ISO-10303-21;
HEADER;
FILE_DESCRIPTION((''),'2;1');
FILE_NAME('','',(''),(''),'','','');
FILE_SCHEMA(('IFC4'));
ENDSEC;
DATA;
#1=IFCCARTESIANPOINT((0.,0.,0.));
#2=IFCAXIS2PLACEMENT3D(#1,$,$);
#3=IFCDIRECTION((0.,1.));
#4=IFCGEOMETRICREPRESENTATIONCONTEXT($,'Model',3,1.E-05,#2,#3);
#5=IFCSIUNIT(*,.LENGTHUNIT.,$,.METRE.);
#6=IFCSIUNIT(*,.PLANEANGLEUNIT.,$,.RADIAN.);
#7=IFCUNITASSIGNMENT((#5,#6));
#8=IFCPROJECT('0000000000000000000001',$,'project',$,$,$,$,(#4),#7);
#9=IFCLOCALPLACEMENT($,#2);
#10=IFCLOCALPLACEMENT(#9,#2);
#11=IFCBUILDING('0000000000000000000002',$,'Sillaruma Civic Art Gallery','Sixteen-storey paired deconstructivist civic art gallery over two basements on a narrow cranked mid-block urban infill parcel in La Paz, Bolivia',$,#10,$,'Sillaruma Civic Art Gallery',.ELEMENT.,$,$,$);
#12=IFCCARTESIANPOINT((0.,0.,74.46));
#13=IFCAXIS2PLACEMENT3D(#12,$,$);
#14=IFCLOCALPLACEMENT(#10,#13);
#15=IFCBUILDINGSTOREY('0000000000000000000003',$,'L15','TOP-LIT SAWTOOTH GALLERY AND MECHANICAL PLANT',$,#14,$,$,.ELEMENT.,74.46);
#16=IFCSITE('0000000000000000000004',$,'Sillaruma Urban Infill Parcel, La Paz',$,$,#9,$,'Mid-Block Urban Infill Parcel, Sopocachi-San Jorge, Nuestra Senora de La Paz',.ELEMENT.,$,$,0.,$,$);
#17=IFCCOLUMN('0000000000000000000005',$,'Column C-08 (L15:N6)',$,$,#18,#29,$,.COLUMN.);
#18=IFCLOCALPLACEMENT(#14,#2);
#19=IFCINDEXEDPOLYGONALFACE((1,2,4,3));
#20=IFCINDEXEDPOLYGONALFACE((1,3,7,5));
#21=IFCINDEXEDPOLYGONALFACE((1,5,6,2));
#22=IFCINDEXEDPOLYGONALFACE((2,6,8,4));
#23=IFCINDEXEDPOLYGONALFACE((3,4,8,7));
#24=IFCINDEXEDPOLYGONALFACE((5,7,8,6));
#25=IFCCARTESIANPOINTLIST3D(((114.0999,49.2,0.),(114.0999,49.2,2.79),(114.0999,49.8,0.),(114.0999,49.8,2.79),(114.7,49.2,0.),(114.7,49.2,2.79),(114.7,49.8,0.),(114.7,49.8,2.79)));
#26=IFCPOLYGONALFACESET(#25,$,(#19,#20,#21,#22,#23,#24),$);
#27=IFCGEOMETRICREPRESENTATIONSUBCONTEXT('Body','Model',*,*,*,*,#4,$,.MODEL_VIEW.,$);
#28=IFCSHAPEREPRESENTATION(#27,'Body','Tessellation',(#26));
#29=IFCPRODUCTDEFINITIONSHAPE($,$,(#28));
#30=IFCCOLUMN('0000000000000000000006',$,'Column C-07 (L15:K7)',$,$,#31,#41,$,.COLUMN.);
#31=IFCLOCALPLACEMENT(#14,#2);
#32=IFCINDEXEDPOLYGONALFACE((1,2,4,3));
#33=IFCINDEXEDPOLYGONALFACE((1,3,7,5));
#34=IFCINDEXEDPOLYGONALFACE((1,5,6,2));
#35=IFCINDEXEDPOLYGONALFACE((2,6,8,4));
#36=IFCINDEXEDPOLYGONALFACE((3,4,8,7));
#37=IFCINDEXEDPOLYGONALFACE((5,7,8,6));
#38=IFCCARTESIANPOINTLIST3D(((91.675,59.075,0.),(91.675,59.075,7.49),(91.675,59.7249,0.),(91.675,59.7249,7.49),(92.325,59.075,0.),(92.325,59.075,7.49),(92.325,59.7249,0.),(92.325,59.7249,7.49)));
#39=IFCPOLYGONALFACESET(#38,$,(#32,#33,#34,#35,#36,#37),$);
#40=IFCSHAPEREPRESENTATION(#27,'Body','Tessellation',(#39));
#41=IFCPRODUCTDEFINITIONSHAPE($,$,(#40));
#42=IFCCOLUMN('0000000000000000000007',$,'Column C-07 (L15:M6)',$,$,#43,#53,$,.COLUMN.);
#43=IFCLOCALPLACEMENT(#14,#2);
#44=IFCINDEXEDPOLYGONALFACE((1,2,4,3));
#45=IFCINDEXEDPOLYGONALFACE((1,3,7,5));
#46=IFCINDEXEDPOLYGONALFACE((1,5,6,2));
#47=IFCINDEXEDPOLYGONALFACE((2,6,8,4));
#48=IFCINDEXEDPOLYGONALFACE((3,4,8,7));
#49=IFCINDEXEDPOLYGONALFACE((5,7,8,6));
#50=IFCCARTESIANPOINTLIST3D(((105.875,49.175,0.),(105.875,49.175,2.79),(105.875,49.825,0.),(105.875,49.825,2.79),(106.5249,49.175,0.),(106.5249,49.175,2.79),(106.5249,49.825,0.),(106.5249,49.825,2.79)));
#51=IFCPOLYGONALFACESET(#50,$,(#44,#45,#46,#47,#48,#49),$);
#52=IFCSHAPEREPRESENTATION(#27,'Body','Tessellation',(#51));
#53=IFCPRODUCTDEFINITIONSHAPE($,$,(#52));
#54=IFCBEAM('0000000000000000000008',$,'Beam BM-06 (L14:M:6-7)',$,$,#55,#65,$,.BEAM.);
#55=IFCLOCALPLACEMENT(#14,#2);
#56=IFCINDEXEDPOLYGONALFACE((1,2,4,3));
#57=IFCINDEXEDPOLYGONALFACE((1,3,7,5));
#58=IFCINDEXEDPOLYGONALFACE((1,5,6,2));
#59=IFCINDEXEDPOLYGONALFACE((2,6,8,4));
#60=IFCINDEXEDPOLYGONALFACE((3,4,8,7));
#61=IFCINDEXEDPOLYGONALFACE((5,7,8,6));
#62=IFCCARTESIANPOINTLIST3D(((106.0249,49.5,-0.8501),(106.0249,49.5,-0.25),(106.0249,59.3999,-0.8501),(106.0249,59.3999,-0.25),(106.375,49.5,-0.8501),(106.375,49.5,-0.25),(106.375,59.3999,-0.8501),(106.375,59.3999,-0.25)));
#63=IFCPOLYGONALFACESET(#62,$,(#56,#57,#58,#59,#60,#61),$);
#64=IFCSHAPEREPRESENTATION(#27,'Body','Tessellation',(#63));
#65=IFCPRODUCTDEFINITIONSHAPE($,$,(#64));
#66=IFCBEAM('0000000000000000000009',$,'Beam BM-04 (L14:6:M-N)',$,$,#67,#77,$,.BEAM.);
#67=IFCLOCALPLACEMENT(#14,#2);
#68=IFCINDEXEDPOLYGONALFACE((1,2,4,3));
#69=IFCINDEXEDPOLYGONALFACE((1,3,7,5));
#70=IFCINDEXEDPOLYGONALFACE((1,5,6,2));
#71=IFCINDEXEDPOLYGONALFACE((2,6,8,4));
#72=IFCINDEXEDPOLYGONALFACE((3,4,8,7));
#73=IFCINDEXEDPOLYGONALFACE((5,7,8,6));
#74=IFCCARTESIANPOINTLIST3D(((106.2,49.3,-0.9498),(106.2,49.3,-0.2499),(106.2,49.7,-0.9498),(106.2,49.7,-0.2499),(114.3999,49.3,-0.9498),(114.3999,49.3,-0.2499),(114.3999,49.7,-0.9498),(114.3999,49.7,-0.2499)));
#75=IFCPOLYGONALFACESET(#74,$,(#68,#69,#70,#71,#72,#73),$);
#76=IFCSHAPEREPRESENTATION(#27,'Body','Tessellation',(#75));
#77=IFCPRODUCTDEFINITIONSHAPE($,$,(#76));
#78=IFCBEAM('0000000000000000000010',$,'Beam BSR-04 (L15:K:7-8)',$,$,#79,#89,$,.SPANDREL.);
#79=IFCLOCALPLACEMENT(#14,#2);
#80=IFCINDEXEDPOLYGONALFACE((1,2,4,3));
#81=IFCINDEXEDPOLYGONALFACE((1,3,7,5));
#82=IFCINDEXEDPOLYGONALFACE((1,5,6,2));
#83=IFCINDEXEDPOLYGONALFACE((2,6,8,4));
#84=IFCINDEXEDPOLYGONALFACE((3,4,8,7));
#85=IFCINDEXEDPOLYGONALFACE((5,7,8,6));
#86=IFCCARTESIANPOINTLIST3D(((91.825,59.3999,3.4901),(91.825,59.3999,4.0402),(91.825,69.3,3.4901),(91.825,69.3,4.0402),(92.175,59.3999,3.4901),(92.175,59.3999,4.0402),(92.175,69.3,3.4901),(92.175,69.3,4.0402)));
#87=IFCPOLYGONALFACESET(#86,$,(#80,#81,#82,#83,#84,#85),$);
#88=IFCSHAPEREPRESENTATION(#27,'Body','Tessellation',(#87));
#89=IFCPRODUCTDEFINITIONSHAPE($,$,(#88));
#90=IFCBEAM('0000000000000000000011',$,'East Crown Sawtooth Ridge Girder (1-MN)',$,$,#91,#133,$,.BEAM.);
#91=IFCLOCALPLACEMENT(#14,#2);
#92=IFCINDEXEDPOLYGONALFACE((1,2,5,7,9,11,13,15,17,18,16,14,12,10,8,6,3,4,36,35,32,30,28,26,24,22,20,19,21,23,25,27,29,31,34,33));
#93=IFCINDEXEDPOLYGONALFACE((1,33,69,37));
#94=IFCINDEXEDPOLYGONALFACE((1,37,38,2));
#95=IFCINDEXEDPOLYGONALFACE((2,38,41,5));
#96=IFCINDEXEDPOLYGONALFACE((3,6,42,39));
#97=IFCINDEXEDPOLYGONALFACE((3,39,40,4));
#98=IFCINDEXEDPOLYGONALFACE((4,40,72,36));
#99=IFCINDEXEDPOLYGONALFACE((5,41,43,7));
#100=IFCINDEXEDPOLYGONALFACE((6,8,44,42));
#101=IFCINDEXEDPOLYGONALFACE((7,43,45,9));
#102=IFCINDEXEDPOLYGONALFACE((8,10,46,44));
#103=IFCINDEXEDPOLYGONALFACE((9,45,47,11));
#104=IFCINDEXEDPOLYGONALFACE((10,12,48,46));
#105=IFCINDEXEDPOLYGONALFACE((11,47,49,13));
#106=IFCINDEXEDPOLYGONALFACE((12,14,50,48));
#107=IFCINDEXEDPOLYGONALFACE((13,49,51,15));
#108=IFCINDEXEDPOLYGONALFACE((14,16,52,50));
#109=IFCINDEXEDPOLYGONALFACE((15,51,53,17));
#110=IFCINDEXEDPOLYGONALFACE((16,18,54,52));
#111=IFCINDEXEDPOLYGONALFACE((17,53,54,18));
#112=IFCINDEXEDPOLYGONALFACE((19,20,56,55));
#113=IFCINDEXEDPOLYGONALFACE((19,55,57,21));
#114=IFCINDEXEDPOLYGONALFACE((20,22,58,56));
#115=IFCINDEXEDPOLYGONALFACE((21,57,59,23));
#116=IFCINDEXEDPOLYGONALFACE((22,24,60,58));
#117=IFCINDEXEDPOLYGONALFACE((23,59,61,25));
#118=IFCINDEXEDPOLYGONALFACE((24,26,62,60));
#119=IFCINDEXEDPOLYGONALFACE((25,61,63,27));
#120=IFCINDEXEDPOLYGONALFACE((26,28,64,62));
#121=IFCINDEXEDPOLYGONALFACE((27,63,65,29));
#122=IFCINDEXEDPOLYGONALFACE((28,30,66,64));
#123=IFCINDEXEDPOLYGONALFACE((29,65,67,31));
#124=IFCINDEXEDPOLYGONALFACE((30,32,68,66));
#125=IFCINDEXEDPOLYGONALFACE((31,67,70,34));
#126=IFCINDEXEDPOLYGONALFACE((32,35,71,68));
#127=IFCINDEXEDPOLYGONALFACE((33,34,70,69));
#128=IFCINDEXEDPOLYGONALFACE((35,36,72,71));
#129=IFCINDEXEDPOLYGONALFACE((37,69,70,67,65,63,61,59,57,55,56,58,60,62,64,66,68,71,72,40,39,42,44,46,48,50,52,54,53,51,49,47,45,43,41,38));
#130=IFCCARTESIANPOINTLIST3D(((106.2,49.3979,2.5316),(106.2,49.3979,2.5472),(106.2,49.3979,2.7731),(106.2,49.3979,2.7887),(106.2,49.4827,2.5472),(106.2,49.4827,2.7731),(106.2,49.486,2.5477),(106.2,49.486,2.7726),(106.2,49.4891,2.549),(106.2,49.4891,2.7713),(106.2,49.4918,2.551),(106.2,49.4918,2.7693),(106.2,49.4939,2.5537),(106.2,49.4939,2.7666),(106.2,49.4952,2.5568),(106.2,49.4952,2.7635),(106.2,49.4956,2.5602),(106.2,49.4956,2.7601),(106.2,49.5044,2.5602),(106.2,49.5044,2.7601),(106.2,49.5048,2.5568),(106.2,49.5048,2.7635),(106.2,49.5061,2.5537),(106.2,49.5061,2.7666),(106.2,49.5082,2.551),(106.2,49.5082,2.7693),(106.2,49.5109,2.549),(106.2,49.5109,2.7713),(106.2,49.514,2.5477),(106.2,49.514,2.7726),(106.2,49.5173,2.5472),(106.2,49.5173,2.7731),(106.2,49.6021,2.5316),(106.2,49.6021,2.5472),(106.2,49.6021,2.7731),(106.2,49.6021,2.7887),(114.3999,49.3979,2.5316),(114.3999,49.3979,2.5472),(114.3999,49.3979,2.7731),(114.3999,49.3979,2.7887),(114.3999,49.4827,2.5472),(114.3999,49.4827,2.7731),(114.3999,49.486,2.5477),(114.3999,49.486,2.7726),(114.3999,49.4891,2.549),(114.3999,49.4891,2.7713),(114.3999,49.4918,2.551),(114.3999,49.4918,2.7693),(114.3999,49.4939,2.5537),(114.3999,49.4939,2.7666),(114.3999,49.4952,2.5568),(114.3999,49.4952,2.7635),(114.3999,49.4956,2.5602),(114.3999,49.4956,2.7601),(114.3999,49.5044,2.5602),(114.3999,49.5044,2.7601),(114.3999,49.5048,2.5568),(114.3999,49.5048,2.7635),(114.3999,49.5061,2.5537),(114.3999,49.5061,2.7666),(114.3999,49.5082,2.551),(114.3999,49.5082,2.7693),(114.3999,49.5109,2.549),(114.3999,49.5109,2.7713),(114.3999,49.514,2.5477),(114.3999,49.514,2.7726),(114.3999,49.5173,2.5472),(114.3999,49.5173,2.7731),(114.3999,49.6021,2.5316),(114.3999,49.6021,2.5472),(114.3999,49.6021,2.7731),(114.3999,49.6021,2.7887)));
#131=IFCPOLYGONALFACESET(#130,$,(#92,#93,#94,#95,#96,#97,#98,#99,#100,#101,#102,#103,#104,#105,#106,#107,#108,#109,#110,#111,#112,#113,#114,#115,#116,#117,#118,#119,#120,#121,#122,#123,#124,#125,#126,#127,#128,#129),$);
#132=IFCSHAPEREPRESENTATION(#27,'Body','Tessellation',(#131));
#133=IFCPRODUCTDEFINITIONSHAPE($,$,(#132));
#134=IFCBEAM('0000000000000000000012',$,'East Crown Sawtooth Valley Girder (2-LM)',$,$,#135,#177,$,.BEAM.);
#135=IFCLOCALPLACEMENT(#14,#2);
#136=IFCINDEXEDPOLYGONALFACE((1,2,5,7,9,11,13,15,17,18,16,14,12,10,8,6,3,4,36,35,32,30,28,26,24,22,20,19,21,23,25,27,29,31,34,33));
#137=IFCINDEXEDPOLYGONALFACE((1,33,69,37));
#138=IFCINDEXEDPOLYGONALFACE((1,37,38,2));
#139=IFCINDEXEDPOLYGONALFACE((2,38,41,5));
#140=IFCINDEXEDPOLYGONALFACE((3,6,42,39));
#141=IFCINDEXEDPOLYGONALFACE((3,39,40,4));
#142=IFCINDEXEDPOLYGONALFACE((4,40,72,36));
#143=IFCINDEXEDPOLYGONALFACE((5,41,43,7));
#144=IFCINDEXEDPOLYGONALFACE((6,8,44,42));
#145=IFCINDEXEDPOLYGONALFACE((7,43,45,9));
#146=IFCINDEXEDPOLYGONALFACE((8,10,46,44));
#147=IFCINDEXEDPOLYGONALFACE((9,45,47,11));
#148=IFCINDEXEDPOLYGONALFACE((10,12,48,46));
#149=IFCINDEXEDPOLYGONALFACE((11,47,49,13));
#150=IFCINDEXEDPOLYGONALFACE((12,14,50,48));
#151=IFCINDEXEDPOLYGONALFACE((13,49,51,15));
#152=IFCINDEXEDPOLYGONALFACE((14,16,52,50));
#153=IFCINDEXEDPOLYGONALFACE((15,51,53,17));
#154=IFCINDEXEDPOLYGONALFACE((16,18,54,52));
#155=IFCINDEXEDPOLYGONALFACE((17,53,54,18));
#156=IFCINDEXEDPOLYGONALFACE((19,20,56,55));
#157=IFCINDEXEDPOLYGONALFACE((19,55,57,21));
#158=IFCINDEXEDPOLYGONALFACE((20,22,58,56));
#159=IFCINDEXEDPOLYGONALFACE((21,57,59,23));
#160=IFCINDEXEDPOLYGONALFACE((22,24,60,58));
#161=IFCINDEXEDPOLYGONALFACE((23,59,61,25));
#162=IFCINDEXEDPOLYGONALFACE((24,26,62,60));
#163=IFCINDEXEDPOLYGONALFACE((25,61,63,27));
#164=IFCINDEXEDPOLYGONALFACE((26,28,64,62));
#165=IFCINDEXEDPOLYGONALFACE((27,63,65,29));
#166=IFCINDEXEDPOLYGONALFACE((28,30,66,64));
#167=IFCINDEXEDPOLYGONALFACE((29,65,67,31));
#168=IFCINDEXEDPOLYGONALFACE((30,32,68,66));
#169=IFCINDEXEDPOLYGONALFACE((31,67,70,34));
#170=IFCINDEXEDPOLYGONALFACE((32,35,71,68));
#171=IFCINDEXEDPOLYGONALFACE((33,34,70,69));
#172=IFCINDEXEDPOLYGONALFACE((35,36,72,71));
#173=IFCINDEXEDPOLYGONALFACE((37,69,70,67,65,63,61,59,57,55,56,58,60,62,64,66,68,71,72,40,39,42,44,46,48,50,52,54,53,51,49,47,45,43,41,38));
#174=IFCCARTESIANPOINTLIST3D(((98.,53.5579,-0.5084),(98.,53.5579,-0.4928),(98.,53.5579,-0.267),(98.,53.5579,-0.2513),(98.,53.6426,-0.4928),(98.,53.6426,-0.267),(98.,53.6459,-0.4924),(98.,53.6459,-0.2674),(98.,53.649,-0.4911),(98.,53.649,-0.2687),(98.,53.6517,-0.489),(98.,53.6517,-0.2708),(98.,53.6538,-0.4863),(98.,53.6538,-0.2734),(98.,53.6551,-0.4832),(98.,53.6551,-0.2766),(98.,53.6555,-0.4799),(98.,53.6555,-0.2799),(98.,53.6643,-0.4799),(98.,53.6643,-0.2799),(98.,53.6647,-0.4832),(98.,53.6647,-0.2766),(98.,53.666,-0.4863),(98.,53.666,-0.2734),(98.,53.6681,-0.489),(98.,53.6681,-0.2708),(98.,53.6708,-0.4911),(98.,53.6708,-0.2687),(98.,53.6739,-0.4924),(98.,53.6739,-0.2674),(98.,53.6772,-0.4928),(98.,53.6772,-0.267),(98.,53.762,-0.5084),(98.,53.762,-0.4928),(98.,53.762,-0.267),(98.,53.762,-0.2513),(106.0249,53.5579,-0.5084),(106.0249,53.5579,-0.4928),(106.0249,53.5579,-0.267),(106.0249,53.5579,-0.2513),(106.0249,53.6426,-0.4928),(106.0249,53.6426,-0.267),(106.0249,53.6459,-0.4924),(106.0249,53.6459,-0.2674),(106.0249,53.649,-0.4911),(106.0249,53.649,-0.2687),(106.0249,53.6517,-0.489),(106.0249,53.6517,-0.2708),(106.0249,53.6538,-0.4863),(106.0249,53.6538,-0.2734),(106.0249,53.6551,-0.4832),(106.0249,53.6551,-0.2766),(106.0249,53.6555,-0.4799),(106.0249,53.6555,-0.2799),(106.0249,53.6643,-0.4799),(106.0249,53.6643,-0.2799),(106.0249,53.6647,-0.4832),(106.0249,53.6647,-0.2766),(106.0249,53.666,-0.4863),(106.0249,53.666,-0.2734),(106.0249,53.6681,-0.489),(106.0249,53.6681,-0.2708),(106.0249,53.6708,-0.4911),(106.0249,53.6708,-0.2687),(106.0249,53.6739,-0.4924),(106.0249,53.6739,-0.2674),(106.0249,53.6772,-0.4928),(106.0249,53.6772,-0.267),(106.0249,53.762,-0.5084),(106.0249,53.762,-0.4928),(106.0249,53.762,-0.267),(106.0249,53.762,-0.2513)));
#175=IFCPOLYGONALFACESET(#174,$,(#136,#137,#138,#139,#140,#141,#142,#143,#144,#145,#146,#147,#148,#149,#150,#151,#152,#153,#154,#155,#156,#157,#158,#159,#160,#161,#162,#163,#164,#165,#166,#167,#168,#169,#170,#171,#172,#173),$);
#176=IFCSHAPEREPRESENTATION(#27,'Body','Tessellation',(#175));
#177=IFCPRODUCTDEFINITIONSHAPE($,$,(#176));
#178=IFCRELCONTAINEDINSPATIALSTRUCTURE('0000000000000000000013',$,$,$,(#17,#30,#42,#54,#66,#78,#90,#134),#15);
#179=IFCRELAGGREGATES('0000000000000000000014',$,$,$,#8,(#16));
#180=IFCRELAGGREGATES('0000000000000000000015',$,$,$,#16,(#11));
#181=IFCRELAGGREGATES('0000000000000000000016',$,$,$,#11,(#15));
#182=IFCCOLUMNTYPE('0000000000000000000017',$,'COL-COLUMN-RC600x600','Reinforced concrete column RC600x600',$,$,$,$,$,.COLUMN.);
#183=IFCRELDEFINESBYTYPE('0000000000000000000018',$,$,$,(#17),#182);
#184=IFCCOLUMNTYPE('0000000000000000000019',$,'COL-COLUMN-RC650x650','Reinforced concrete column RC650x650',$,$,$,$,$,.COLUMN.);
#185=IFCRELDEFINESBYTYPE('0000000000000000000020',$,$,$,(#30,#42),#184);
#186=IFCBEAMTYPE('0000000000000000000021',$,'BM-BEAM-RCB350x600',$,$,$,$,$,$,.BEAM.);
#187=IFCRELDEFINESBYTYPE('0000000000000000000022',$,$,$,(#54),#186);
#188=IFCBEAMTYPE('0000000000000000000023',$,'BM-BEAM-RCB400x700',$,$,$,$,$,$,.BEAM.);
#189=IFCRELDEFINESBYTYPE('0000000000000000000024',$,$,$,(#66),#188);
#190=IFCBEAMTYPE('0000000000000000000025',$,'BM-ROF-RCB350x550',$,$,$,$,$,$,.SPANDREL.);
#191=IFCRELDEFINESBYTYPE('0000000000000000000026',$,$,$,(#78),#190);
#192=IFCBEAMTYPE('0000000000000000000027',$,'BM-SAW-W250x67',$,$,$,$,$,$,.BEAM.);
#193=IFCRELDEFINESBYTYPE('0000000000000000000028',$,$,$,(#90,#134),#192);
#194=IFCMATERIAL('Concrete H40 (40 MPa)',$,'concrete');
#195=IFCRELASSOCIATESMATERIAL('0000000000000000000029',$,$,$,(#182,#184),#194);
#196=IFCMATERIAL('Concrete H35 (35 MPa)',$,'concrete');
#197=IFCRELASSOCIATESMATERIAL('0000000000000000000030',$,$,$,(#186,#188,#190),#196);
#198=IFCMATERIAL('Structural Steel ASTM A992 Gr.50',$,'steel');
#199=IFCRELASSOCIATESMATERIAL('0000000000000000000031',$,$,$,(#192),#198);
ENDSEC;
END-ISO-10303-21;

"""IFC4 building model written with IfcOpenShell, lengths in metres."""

from ifc_helpers import new_model, si_unit, direction, frame, origin, origin_2d, place, context, subcontext, project, spatial, rectangle, i_section, extrude, material, material_profile, profile_set, type_object, element, save


model = new_model("IFC4")

# Units and contexts
model_context = context("Model", 3, precision=1e-05, world=origin(), true_north=direction((0.0, 1.0)))
body_context = subcontext(model_context, "Body", "Model", "MODEL_VIEW")
ifc_project = project(units=[si_unit("LENGTHUNIT", "METRE"), si_unit("PLANEANGLEUNIT", "RADIAN")], contexts=[model_context])

# Site, building, storey
site_placement = place(None, origin())
site = spatial("IfcSite", under=ifc_project, at=site_placement, Name="Sillaruma Urban Infill Parcel, La Paz", LongName="Mid-Block Urban Infill Parcel, Sopocachi-San Jorge, Nuestra Senora de La Paz", CompositionType="ELEMENT", RefElevation=0.0)
building_placement = place(site_placement, origin())
building = spatial("IfcBuilding", under=site, at=building_placement, Name="Sillaruma Civic Art Gallery", Description="Sixteen-storey paired deconstructivist civic art gallery over two basements on a narrow cranked mid-block urban infill parcel in La Paz, Bolivia", LongName="Sillaruma Civic Art Gallery", CompositionType="ELEMENT")
storey_placement = place(building_placement, frame((0.0, 0.0, 74.46)))
storey = spatial("IfcBuildingStorey", under=building, at=storey_placement, Name="L15", Description="TOP-LIT SAWTOOTH GALLERY AND MECHANICAL PLANT", CompositionType="ELEMENT", Elevation=74.46)

# Columns
ifc_material_1 = material(Name="Concrete H40 (40 MPa)", Category="concrete")
ifc_material_profile_1 = material_profile(ifc_material_1, rectangle(XDim=0.6001, YDim=0.6001, at=origin_2d()), Name="RC600x600")
ifc_profile_set_1 = profile_set([ifc_material_profile_1], Name="Concrete H40 (40 MPa)")
column_type_1 = type_object("IfcColumnType", Name="COL-COLUMN-RC600x600", Description="Reinforced concrete column RC600x600", PredefinedType="COLUMN", material=ifc_profile_set_1)
column_1_placement = place(storey_placement, frame((114.3999, 49.5, 0.0), z_axis=(0.0, 0.0, 1.0), x_axis=(1.0, 0.0, 0.0)))
element("IfcColumn", 1, at=column_1_placement, inside=storey, type_object=column_type_1, Name="Column C-08 (L15:N6)", PredefinedType="COLUMN", context=body_context, shape_type="SweptSolid", body=[
    extrude(rectangle(XDim=0.6001, YDim=0.6001, at=origin_2d()), origin(), (0.0, 0.0, 1.0), 2.79),
])
ifc_material_profile_2 = material_profile(ifc_material_1, rectangle(XDim=0.6499, YDim=0.6499, at=origin_2d()), Name="RC650x650")
ifc_profile_set_2 = profile_set([ifc_material_profile_2], Name="Concrete H40 (40 MPa)")
column_type_2 = type_object("IfcColumnType", Name="COL-COLUMN-RC650x650", Description="Reinforced concrete column RC650x650", PredefinedType="COLUMN", material=ifc_profile_set_2)
column_2_placement = place(storey_placement, frame((92.0, 59.3999, 0.0), z_axis=(0.0, 0.0, 1.0), x_axis=(1.0, 0.0, 0.0)))
element("IfcColumn", 2, at=column_2_placement, inside=storey, type_object=column_type_2, Name="Column C-07 (L15:K7)", PredefinedType="COLUMN", context=body_context, shape_type="SweptSolid", body=[
    extrude(rectangle(XDim=0.6499, YDim=0.6499, at=origin_2d()), origin(), (0.0, 0.0, 1.0), 7.49),
])
column_3_placement = place(storey_placement, frame((106.2, 49.5, 0.0), z_axis=(0.0, 0.0, 1.0), x_axis=(1.0, 0.0, 0.0)))
element("IfcColumn", 3, at=column_3_placement, inside=storey, type_object=column_type_2, Name="Column C-07 (L15:M6)", PredefinedType="COLUMN", context=body_context, shape_type="SweptSolid", body=[
    extrude(rectangle(XDim=0.6499, YDim=0.6499, at=origin_2d()), origin(), (0.0, 0.0, 1.0), 2.79),
])

# Beams
ifc_material_2 = material(Name="Concrete H35 (35 MPa)", Category="concrete")
ifc_material_profile_3 = material_profile(ifc_material_2, rectangle(XDim=0.3501, YDim=0.6001, at=origin_2d()), Name="RCB350x600")
ifc_profile_set_3 = profile_set([ifc_material_profile_3], Name="Concrete H35 (35 MPa)")
beam_type_1 = type_object("IfcBeamType", Name="BM-BEAM-RCB350x600", PredefinedType="BEAM", material=ifc_profile_set_3)
beam_1_placement = place(storey_placement, frame((106.2, 49.5, -0.55), z_axis=(0.0, 1.0, 0.0), x_axis=(-1.0, 0.0, 0.0)))
element("IfcBeam", 4, at=beam_1_placement, inside=storey, type_object=beam_type_1, Name="Beam BM-06 (L14:M:6-7)", PredefinedType="BEAM", context=body_context, shape_type="SweptSolid", body=[
    extrude(rectangle(XDim=0.3501, YDim=0.6001, at=origin_2d()), origin(), (0.0, 0.0, 1.0), 9.8999),
])
ifc_material_profile_4 = material_profile(ifc_material_2, rectangle(XDim=0.3999, YDim=0.7, at=origin_2d()), Name="RCB400x700")
ifc_profile_set_4 = profile_set([ifc_material_profile_4], Name="Concrete H35 (35 MPa)")
beam_type_2 = type_object("IfcBeamType", Name="BM-BEAM-RCB400x700", PredefinedType="BEAM", material=ifc_profile_set_4)
beam_2_placement = place(storey_placement, frame((106.2, 49.5, -0.5999), z_axis=(1.0, 0.0, 0.0), x_axis=(0.0, 1.0, 0.0)))
element("IfcBeam", 5, at=beam_2_placement, inside=storey, type_object=beam_type_2, Name="Beam BM-04 (L14:6:M-N)", PredefinedType="BEAM", context=body_context, shape_type="SweptSolid", body=[
    extrude(rectangle(XDim=0.3999, YDim=0.7, at=origin_2d()), origin(), (0.0, 0.0, 1.0), 8.2),
])
ifc_material_profile_5 = material_profile(ifc_material_2, rectangle(XDim=0.3501, YDim=0.55, at=origin_2d()), Name="RCB350x550")
ifc_profile_set_5 = profile_set([ifc_material_profile_5], Name="Concrete H35 (35 MPa)")
beam_type_3 = type_object("IfcBeamType", Name="BM-ROF-RCB350x550", PredefinedType="SPANDREL", material=ifc_profile_set_5)
beam_3_placement = place(storey_placement, frame((92.0, 59.3999, 3.7651), z_axis=(0.0, 1.0, 0.0), x_axis=(-1.0, 0.0, 0.0)))
element("IfcBeam", 6, at=beam_3_placement, inside=storey, type_object=beam_type_3, Name="Beam BSR-04 (L15:K:7-8)", PredefinedType="SPANDREL", context=body_context, shape_type="SweptSolid", body=[
    extrude(rectangle(XDim=0.3501, YDim=0.55, at=origin_2d()), origin(), (0.0, 0.0, 1.0), 9.9001),
])
ifc_material_3 = material(Name="Structural Steel ASTM A992 Gr.50", Category="steel")
ifc_material_profile_6 = material_profile(ifc_material_3, i_section(OverallWidth=0.2041, OverallDepth=0.2571, WebThickness=0.0088, FlangeThickness=0.0156, FilletRadius=0.0129, at=origin_2d()), Name="W250x67")
ifc_profile_set_6 = profile_set([ifc_material_profile_6], Name="Structural Steel ASTM A992 Gr.50")
beam_type_4 = type_object("IfcBeamType", Name="BM-SAW-W250x67", PredefinedType="BEAM", material=ifc_profile_set_6)
beam_4_placement = place(storey_placement, frame((106.2, 49.5, 2.6602), z_axis=(1.0, 0.0, 0.0), x_axis=(0.0, 1.0, 0.0)))
element("IfcBeam", 7, at=beam_4_placement, inside=storey, type_object=beam_type_4, Name="East Crown Sawtooth Ridge Girder (1-MN)", PredefinedType="BEAM", context=body_context, shape_type="SweptSolid", body=[
    extrude(i_section(OverallWidth=0.2041, OverallDepth=0.2571, WebThickness=0.0088, FlangeThickness=0.0156, FilletRadius=0.0129, at=origin_2d()), origin(), (0.0, 0.0, 1.0), 8.2),
])
for number, where, z_axis, x_axis, name in (
    (8, (98.0, 53.6599, -0.3799), (1.0, 0.0, 0.0), (0.0, 1.0, 0.0), "East Crown Sawtooth Valley Girder (2-LM)"),
):
    element("IfcBeam", number, at=place(storey_placement, frame(where, z_axis=z_axis, x_axis=x_axis)), inside=storey, type_object=beam_type_4, Name=name, PredefinedType="BEAM", context=body_context, shape_type="SweptSolid", body=[
        extrude(i_section(OverallWidth=0.2041, OverallDepth=0.2571, WebThickness=0.0088, FlangeThickness=0.0156, FilletRadius=0.0129, at=origin_2d()), origin(), (0.0, 0.0, 1.0), 8.0249),
    ])

save(model, "model.ifc")
